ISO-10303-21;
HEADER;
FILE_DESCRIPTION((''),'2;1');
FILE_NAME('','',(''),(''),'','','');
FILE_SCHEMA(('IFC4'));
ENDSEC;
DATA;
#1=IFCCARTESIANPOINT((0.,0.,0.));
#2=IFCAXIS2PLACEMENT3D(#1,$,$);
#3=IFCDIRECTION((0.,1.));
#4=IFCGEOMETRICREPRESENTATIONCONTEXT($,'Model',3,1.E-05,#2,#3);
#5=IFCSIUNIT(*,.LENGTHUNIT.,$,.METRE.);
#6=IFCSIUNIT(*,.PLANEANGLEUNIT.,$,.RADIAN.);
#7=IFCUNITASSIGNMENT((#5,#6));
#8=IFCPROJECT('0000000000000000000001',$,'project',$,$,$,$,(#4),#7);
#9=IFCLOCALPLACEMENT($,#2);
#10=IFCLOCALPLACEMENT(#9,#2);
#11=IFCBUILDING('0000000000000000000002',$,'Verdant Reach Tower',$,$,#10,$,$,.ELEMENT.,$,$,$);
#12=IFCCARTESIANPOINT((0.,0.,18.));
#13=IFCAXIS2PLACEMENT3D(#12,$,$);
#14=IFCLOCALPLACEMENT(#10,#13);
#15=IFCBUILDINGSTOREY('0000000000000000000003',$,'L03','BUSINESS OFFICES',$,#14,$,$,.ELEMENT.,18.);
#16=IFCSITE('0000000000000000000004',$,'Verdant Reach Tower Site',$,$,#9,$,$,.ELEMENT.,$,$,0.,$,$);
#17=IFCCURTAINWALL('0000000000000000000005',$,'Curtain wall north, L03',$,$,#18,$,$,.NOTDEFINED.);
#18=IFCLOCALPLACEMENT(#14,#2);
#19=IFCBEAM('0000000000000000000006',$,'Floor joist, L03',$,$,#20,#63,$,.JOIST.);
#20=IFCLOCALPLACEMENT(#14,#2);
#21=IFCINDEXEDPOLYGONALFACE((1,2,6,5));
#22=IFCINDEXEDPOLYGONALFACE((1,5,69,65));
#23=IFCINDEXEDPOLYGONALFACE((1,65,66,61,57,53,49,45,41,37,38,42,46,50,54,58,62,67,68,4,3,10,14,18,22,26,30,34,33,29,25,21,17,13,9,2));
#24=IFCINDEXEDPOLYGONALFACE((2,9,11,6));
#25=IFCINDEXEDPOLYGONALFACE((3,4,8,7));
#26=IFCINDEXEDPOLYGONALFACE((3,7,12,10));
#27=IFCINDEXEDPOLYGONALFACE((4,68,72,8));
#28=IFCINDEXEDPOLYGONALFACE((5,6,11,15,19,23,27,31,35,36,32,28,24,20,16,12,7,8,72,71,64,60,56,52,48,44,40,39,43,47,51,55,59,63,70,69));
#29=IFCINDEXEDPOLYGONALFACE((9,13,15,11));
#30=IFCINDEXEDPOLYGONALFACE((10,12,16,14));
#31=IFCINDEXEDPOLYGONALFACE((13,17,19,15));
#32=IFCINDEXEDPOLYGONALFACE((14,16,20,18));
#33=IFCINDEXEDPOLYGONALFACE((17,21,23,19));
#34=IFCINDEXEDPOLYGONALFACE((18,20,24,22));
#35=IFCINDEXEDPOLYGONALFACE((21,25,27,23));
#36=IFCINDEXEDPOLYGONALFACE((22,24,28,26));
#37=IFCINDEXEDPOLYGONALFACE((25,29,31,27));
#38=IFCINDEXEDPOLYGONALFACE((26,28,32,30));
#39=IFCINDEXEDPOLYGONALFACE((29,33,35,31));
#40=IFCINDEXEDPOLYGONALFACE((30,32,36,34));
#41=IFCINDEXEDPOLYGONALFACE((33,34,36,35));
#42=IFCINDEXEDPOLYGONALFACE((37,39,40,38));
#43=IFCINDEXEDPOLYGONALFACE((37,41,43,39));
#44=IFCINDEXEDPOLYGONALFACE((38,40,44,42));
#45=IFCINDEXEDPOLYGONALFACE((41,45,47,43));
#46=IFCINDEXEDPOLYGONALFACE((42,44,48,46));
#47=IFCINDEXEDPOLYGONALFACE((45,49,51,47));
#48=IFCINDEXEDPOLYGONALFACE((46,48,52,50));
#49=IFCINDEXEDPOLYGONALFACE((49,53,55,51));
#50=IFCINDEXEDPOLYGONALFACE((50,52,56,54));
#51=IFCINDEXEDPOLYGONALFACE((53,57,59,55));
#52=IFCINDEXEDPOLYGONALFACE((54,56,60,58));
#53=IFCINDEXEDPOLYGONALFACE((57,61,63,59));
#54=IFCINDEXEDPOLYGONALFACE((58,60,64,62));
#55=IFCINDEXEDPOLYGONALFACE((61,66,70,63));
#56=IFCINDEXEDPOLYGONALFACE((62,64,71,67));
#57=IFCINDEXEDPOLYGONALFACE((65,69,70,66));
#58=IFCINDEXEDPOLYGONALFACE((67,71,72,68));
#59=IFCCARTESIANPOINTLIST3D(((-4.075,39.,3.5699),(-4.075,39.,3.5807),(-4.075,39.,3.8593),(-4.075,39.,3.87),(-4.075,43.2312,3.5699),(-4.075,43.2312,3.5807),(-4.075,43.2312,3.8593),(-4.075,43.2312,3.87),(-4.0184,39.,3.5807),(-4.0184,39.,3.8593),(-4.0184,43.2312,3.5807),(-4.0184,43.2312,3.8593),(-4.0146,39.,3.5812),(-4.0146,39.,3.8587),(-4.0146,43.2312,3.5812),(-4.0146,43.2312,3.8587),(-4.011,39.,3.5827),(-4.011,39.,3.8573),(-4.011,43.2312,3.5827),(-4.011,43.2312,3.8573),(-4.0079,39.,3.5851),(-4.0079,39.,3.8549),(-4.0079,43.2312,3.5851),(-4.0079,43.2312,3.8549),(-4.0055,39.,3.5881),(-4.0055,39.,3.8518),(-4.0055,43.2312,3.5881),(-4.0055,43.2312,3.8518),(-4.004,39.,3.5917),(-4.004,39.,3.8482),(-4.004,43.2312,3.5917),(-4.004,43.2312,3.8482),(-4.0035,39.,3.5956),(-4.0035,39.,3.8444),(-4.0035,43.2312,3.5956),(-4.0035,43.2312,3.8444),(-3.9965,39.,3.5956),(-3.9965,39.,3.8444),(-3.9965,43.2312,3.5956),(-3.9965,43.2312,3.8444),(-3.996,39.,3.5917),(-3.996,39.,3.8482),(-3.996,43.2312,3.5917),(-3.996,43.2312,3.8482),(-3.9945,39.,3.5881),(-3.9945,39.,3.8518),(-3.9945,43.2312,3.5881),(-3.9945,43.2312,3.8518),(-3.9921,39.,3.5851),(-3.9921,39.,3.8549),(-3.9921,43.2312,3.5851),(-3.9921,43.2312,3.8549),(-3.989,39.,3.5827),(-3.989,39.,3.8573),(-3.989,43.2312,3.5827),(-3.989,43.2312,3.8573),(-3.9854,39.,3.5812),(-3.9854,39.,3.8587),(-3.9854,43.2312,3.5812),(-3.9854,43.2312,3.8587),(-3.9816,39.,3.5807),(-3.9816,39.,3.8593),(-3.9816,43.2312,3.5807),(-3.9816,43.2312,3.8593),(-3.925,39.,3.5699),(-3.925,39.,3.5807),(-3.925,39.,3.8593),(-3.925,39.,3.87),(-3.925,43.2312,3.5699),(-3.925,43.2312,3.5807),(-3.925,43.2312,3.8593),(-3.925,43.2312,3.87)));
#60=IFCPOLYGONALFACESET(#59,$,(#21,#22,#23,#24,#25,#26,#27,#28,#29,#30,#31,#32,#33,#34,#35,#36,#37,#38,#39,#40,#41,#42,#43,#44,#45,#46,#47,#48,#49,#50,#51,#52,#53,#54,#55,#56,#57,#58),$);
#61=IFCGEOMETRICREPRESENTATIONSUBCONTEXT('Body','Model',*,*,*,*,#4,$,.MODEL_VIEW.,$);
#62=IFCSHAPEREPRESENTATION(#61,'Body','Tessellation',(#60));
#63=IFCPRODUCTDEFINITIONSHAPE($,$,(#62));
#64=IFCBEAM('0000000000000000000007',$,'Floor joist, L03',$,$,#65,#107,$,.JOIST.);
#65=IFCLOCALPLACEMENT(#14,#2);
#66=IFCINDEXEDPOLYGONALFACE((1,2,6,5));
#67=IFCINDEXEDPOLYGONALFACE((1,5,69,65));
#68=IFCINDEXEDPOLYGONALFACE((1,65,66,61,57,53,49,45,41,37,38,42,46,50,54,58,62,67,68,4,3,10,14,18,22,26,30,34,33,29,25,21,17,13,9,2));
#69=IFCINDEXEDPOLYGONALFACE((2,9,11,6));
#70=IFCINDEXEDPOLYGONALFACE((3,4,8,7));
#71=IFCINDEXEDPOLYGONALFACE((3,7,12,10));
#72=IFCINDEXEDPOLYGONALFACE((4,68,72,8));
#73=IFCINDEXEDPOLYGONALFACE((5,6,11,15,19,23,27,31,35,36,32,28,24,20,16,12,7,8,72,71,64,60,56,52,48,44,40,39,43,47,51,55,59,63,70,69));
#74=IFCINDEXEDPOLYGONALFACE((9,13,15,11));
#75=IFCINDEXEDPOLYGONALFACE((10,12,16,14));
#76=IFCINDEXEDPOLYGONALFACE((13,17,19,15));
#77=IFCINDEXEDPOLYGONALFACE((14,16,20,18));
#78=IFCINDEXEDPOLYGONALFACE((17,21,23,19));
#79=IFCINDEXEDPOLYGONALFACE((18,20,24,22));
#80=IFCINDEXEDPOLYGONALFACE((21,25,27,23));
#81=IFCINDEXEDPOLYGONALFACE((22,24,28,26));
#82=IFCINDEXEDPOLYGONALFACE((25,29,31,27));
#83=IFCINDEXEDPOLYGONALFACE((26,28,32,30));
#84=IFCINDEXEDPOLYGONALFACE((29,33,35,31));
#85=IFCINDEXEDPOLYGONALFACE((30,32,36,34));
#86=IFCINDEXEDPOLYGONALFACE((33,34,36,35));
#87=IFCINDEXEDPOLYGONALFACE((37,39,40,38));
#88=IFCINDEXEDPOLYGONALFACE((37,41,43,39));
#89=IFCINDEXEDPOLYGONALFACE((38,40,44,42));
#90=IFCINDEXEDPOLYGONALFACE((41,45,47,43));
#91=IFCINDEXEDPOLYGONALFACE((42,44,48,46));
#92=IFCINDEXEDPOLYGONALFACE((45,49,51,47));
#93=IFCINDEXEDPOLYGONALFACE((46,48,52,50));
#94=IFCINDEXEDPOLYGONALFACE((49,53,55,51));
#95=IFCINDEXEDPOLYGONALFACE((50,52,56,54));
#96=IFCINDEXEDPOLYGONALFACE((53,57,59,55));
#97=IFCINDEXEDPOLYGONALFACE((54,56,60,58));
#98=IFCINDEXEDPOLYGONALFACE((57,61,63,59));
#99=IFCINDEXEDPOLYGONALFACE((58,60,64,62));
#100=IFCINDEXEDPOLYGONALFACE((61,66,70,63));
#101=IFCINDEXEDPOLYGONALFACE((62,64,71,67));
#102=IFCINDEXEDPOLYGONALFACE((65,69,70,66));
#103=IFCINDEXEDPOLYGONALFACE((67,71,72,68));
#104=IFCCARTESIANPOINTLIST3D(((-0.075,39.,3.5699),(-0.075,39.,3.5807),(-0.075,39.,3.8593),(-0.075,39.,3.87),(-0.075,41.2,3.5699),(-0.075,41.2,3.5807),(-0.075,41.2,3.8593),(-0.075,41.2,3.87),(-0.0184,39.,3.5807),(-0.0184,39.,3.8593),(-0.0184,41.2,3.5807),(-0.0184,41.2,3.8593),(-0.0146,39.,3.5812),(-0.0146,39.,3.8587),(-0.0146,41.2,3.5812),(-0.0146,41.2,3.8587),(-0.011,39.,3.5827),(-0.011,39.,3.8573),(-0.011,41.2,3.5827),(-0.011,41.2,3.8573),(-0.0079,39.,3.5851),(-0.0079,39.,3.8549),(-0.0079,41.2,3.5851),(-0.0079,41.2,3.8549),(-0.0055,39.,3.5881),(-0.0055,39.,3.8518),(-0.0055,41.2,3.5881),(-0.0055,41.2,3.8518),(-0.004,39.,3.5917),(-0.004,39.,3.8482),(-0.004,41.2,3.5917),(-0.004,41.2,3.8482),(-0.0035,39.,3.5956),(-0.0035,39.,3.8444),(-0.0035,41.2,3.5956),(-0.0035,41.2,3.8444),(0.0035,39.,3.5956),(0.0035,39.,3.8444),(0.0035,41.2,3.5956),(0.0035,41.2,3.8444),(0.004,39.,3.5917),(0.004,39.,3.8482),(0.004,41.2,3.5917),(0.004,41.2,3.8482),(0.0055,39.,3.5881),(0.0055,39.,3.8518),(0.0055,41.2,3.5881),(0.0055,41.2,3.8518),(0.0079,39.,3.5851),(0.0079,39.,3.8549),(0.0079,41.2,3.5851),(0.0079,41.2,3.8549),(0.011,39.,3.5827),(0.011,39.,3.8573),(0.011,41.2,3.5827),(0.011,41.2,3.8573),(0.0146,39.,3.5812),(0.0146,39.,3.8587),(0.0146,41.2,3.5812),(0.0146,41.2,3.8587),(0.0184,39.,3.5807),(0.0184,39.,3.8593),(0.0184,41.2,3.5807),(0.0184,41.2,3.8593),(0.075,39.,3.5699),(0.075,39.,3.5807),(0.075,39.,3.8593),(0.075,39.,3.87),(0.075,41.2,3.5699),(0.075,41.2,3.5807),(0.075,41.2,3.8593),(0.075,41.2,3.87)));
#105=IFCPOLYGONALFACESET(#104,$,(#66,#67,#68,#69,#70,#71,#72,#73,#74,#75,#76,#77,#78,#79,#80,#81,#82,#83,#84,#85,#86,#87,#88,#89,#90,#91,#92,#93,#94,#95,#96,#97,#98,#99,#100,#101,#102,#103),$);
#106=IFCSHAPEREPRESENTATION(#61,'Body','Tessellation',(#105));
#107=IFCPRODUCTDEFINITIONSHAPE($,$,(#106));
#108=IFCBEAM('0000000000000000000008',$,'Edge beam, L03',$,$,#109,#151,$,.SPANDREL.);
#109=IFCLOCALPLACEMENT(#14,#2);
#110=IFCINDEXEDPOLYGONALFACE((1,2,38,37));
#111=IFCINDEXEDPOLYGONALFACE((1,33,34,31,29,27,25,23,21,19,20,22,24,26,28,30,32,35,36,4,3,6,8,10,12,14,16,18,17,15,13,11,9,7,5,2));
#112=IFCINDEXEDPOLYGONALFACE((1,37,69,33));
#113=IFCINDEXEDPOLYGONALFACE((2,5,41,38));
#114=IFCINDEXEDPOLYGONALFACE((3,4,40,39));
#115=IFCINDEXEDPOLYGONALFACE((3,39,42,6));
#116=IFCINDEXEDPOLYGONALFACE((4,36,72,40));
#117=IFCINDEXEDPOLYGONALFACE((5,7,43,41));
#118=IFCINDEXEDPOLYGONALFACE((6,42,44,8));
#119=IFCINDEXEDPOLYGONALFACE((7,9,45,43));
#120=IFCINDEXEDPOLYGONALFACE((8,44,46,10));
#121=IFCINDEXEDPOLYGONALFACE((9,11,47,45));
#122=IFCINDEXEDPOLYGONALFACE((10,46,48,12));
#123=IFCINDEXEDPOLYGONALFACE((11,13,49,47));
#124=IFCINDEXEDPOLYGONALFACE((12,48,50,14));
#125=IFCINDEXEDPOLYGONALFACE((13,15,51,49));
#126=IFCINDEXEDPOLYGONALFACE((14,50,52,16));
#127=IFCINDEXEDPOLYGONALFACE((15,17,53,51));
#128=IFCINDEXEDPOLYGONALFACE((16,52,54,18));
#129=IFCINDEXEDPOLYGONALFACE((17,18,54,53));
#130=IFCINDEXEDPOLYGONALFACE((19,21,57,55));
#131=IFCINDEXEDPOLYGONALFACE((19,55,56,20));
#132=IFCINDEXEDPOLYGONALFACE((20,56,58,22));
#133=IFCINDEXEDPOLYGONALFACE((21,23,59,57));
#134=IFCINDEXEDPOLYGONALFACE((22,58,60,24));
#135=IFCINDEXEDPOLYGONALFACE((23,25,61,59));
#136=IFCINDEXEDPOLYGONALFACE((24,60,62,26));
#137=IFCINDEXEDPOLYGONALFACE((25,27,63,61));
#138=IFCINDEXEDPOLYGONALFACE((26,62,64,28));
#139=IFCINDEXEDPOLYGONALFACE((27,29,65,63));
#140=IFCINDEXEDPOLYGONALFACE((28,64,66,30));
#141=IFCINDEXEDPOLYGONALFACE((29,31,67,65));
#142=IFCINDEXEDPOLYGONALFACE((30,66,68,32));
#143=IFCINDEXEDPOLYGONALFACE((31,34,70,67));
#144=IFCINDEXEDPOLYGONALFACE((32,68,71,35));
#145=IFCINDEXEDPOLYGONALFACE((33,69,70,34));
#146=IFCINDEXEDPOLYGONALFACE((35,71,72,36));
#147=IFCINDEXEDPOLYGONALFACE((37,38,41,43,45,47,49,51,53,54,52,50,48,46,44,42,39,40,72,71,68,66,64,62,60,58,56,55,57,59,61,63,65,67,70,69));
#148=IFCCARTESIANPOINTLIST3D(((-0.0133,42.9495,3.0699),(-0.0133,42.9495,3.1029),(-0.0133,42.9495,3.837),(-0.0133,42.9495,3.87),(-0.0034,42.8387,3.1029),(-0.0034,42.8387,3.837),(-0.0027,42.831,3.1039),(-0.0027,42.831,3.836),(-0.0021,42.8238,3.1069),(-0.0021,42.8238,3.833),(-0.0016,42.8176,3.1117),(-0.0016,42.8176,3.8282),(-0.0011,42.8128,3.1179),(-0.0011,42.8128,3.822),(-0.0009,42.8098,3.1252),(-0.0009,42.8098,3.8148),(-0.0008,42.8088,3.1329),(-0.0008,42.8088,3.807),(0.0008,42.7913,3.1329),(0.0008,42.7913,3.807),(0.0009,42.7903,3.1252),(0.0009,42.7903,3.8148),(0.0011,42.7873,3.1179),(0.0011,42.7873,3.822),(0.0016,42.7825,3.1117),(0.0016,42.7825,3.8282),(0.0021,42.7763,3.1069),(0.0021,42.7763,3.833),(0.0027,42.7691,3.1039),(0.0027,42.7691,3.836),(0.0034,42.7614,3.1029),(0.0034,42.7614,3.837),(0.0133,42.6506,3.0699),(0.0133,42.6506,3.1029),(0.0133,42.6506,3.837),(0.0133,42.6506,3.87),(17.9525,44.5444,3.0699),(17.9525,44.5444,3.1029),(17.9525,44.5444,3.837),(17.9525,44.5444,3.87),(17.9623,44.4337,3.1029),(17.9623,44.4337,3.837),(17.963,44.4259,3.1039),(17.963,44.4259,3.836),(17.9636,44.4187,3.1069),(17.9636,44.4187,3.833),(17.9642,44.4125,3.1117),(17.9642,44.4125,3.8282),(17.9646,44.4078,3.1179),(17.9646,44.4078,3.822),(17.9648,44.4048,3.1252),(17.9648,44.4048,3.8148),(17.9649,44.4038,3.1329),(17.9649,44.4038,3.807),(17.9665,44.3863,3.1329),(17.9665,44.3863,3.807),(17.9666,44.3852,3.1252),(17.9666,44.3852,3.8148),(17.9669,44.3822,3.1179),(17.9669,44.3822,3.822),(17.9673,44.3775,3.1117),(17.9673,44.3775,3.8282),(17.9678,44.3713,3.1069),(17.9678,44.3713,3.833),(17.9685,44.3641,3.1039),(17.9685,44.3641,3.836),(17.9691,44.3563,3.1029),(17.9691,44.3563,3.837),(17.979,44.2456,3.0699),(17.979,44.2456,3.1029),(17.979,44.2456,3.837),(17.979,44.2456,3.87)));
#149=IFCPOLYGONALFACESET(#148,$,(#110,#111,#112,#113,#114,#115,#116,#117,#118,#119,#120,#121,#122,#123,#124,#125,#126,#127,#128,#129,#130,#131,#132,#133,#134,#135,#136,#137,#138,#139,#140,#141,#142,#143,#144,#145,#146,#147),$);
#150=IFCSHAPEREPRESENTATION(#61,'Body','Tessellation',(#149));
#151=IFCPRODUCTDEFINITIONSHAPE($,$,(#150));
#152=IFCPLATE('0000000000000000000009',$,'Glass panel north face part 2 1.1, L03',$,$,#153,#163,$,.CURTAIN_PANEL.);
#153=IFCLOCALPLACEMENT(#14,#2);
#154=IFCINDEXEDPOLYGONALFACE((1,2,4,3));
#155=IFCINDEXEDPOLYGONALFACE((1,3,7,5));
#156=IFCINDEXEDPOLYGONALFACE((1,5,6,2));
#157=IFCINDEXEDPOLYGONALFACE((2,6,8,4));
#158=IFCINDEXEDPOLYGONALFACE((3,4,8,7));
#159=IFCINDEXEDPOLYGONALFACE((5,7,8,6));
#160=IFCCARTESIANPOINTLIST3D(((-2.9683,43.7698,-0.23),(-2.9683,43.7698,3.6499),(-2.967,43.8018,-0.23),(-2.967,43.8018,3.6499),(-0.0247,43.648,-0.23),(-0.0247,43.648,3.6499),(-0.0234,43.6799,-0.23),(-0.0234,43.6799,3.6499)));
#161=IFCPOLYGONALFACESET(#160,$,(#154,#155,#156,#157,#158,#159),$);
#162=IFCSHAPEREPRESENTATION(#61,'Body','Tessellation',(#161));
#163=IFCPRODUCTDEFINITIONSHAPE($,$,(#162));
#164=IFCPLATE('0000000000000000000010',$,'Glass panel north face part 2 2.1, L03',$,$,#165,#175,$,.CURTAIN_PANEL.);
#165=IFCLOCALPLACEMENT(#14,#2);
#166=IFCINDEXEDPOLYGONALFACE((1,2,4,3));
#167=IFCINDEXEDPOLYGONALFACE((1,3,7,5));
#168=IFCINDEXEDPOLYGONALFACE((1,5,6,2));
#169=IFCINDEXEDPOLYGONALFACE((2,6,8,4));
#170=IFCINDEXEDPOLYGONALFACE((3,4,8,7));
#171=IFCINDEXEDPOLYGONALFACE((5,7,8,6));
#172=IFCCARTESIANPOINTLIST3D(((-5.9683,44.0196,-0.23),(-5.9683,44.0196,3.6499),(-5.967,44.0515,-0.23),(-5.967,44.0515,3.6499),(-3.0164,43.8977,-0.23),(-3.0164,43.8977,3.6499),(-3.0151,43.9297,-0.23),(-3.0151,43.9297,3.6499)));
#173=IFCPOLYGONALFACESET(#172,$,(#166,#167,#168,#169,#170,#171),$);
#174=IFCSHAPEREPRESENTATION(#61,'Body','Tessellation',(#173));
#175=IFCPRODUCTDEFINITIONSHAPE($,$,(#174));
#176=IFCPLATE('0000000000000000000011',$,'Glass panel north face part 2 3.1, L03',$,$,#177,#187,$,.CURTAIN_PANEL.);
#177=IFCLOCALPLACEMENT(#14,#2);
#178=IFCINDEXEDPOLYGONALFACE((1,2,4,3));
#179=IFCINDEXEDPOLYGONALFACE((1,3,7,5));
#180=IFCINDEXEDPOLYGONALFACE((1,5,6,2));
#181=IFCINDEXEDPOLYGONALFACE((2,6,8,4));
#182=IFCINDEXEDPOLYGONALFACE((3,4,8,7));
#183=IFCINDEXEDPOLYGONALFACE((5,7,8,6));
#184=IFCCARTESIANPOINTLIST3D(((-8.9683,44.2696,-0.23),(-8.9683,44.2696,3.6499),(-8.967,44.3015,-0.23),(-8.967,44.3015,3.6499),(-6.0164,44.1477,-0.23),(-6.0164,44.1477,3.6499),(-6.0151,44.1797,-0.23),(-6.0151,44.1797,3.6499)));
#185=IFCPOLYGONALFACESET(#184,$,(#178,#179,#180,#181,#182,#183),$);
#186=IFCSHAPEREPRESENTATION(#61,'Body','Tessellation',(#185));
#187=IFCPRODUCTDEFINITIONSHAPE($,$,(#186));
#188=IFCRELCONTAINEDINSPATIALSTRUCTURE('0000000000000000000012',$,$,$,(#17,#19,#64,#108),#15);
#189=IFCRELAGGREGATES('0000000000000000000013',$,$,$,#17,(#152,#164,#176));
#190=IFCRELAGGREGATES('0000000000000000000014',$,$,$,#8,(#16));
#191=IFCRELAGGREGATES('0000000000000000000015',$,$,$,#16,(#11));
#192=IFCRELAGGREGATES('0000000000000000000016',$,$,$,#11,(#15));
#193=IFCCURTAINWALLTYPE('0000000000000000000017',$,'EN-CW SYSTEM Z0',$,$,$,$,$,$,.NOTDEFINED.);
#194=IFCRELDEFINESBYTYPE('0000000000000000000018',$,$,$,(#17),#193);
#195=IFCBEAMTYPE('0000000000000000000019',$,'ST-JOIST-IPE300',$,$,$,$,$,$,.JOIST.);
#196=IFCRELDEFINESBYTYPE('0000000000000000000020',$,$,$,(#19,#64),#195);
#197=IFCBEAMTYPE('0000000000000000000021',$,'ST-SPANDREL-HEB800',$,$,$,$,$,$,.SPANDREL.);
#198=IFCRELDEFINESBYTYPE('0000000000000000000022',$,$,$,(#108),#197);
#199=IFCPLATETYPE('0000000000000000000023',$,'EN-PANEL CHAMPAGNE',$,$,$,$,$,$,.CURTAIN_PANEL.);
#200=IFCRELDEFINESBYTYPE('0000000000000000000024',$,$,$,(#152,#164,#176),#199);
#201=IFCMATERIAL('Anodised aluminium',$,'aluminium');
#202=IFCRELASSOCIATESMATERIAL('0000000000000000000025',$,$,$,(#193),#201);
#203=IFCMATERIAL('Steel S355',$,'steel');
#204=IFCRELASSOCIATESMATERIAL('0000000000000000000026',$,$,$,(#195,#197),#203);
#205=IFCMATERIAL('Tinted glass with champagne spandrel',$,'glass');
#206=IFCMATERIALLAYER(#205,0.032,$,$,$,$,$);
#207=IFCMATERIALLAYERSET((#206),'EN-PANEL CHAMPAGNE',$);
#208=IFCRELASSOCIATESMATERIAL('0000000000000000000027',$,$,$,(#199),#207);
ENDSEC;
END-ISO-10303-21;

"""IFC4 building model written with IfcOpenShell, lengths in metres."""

from ifc_helpers import new_model, si_unit, direction, frame, origin, origin_2d, place, context, subcontext, project, spatial, rectangle, i_section, extrude, material, layer, layer_set, material_profile, profile_set, type_object, element, aggregate, save


model = new_model("IFC4")

# Units and contexts
model_context = context("Model", 3, precision=1e-05, world=origin(), true_north=direction((0.0, 1.0)))
body_context = subcontext(model_context, "Body", "Model", "MODEL_VIEW")
ifc_project = project(units=[si_unit("LENGTHUNIT", "METRE"), si_unit("PLANEANGLEUNIT", "RADIAN")], contexts=[model_context])

# Site, building, storey
site_placement = place(None, origin())
site = spatial("IfcSite", under=ifc_project, at=site_placement, Name="Verdant Reach Tower Site", CompositionType="ELEMENT", RefElevation=0.0)
building_placement = place(site_placement, origin())
building = spatial("IfcBuilding", under=site, at=building_placement, Name="Verdant Reach Tower", CompositionType="ELEMENT")
storey_placement = place(building_placement, frame((0.0, 0.0, 18.0)))
storey = spatial("IfcBuildingStorey", under=building, at=storey_placement, Name="L03", Description="BUSINESS OFFICES", CompositionType="ELEMENT", Elevation=18.0)

# Curtain wall
ifc_material_1 = material(Name="Anodised aluminium", Category="aluminium")
curtain_wall_type = type_object("IfcCurtainWallType", Name="EN-CW SYSTEM Z0", PredefinedType="NOTDEFINED", material=ifc_material_1)
curtain_wall_placement = place(storey_placement, origin())
curtain_wall = element("IfcCurtainWall", 1, at=curtain_wall_placement, inside=storey, type_object=curtain_wall_type, Name="Curtain wall north, L03", PredefinedType="NOTDEFINED")

# Beams
ifc_material_2 = material(Name="Steel S355", Category="steel")
ifc_material_profile_1 = material_profile(ifc_material_2, i_section(OverallWidth=0.1499, OverallDepth=0.3, WebThickness=0.0071, FlangeThickness=0.0107, FilletRadius=0.0149, at=origin_2d()), Name="IPE 300")
ifc_profile_set_1 = profile_set([ifc_material_profile_1], Name="Steel S355")
beam_type_1 = type_object("IfcBeamType", Name="ST-JOIST-IPE300", PredefinedType="JOIST", material=ifc_profile_set_1)
beam_1_placement = place(storey_placement, frame((-4.0, 39.0, 3.72), z_axis=(0.0, 1.0, 0.0), x_axis=(-1.0, 0.0, 0.0)))
element("IfcBeam", 2, at=beam_1_placement, inside=storey, type_object=beam_type_1, Name="Floor joist, L03", PredefinedType="JOIST", context=body_context, shape_type="SweptSolid", body=[
    extrude(i_section(OverallWidth=0.1499, OverallDepth=0.3, WebThickness=0.0071, FlangeThickness=0.0107, FilletRadius=0.0149, at=origin_2d()), origin(), (0.0, 0.0, 1.0), 4.2312),
])
beam_2_placement = place(storey_placement, frame((0.0, 39.0, 3.72), z_axis=(0.0, 1.0, 0.0), x_axis=(-1.0, 0.0, 0.0)))
element("IfcBeam", 3, at=beam_2_placement, inside=storey, type_object=beam_type_1, Name="Floor joist, L03", PredefinedType="JOIST", context=body_context, shape_type="SweptSolid", body=[
    extrude(i_section(OverallWidth=0.1499, OverallDepth=0.3, WebThickness=0.0071, FlangeThickness=0.0107, FilletRadius=0.0149, at=origin_2d()), origin(), (0.0, 0.0, 1.0), 2.2),
])
ifc_material_profile_2 = material_profile(ifc_material_2, i_section(OverallWidth=0.3, OverallDepth=0.8, WebThickness=0.0176, FlangeThickness=0.033, FilletRadius=0.03, at=origin_2d()), Name="HEB 800")
ifc_profile_set_2 = profile_set([ifc_material_profile_2], Name="Steel S355")
beam_type_2 = type_object("IfcBeamType", Name="ST-SPANDREL-HEB800", PredefinedType="SPANDREL", material=ifc_profile_set_2)
beam_3_placement = place(storey_placement, frame((0.0, 42.8, 3.47), z_axis=(0.996082, 0.08843, 0.0), x_axis=(-0.08843, 0.996082, 0.0)))
element("IfcBeam", 4, at=beam_3_placement, inside=storey, type_object=beam_type_2, Name="Edge beam, L03", PredefinedType="SPANDREL", context=body_context, shape_type="SweptSolid", body=[
    extrude(i_section(OverallWidth=0.3, OverallDepth=0.8, WebThickness=0.0176, FlangeThickness=0.033, FilletRadius=0.03, at=origin_2d()), origin(), (0.0, 0.0, 1.0), 18.0364),
])

# Plates
ifc_material_3 = material(Name="Tinted glass with champagne spandrel", Category="glass")
ifc_layer_1 = layer(ifc_material_3, 0.032)
ifc_layer_set_1 = layer_set([ifc_layer_1], Name="EN-PANEL CHAMPAGNE")
plate_type_1 = type_object("IfcPlateType", Name="EN-PANEL CHAMPAGNE", PredefinedType="CURTAIN_PANEL", material=ifc_layer_set_1)
plate_1_placement = place(storey_placement, frame((-1.4958, 43.7249, -0.23), z_axis=(0.0, 0.0, 1.0), x_axis=(-0.999144, 0.041357, 0.0)))
plate_1 = element("IfcPlate", 5, at=plate_1_placement, type_object=plate_type_1, Name="Glass panel north face part 2 1.1, L03", PredefinedType="CURTAIN_PANEL", context=body_context, shape_type="SweptSolid", body=[
    extrude(rectangle(XDim=2.946, YDim=0.032, at=origin_2d()), origin(), (0.0, 0.0, 1.0), 3.8799),
])
plate_2_placement = place(storey_placement, frame((-4.4917, 43.9746, -0.23), z_axis=(0.0, 0.0, 1.0), x_axis=(-0.999149, 0.041242, 0.0)))
plate_2 = element("IfcPlate", 6, at=plate_2_placement, type_object=plate_type_1, Name="Glass panel north face part 2 2.1, L03", PredefinedType="CURTAIN_PANEL", context=body_context, shape_type="SweptSolid", body=[
    extrude(rectangle(XDim=2.9543, YDim=0.032, at=origin_2d()), origin(), (0.0, 0.0, 1.0), 3.8799),
])
plate_3_placement = place(storey_placement, frame((-7.4917, 44.2246, -0.23), z_axis=(0.0, 0.0, 1.0), x_axis=(-0.999149, 0.041242, 0.0)))
plate_3 = element("IfcPlate", 7, at=plate_3_placement, type_object=plate_type_1, Name="Glass panel north face part 2 3.1, L03", PredefinedType="CURTAIN_PANEL", context=body_context, shape_type="SweptSolid", body=[
    extrude(rectangle(XDim=2.9543, YDim=0.032, at=origin_2d()), origin(), (0.0, 0.0, 1.0), 3.8799),
])
aggregate(curtain_wall, [plate_1, plate_2, plate_3])

save(model, "model.ifc")
